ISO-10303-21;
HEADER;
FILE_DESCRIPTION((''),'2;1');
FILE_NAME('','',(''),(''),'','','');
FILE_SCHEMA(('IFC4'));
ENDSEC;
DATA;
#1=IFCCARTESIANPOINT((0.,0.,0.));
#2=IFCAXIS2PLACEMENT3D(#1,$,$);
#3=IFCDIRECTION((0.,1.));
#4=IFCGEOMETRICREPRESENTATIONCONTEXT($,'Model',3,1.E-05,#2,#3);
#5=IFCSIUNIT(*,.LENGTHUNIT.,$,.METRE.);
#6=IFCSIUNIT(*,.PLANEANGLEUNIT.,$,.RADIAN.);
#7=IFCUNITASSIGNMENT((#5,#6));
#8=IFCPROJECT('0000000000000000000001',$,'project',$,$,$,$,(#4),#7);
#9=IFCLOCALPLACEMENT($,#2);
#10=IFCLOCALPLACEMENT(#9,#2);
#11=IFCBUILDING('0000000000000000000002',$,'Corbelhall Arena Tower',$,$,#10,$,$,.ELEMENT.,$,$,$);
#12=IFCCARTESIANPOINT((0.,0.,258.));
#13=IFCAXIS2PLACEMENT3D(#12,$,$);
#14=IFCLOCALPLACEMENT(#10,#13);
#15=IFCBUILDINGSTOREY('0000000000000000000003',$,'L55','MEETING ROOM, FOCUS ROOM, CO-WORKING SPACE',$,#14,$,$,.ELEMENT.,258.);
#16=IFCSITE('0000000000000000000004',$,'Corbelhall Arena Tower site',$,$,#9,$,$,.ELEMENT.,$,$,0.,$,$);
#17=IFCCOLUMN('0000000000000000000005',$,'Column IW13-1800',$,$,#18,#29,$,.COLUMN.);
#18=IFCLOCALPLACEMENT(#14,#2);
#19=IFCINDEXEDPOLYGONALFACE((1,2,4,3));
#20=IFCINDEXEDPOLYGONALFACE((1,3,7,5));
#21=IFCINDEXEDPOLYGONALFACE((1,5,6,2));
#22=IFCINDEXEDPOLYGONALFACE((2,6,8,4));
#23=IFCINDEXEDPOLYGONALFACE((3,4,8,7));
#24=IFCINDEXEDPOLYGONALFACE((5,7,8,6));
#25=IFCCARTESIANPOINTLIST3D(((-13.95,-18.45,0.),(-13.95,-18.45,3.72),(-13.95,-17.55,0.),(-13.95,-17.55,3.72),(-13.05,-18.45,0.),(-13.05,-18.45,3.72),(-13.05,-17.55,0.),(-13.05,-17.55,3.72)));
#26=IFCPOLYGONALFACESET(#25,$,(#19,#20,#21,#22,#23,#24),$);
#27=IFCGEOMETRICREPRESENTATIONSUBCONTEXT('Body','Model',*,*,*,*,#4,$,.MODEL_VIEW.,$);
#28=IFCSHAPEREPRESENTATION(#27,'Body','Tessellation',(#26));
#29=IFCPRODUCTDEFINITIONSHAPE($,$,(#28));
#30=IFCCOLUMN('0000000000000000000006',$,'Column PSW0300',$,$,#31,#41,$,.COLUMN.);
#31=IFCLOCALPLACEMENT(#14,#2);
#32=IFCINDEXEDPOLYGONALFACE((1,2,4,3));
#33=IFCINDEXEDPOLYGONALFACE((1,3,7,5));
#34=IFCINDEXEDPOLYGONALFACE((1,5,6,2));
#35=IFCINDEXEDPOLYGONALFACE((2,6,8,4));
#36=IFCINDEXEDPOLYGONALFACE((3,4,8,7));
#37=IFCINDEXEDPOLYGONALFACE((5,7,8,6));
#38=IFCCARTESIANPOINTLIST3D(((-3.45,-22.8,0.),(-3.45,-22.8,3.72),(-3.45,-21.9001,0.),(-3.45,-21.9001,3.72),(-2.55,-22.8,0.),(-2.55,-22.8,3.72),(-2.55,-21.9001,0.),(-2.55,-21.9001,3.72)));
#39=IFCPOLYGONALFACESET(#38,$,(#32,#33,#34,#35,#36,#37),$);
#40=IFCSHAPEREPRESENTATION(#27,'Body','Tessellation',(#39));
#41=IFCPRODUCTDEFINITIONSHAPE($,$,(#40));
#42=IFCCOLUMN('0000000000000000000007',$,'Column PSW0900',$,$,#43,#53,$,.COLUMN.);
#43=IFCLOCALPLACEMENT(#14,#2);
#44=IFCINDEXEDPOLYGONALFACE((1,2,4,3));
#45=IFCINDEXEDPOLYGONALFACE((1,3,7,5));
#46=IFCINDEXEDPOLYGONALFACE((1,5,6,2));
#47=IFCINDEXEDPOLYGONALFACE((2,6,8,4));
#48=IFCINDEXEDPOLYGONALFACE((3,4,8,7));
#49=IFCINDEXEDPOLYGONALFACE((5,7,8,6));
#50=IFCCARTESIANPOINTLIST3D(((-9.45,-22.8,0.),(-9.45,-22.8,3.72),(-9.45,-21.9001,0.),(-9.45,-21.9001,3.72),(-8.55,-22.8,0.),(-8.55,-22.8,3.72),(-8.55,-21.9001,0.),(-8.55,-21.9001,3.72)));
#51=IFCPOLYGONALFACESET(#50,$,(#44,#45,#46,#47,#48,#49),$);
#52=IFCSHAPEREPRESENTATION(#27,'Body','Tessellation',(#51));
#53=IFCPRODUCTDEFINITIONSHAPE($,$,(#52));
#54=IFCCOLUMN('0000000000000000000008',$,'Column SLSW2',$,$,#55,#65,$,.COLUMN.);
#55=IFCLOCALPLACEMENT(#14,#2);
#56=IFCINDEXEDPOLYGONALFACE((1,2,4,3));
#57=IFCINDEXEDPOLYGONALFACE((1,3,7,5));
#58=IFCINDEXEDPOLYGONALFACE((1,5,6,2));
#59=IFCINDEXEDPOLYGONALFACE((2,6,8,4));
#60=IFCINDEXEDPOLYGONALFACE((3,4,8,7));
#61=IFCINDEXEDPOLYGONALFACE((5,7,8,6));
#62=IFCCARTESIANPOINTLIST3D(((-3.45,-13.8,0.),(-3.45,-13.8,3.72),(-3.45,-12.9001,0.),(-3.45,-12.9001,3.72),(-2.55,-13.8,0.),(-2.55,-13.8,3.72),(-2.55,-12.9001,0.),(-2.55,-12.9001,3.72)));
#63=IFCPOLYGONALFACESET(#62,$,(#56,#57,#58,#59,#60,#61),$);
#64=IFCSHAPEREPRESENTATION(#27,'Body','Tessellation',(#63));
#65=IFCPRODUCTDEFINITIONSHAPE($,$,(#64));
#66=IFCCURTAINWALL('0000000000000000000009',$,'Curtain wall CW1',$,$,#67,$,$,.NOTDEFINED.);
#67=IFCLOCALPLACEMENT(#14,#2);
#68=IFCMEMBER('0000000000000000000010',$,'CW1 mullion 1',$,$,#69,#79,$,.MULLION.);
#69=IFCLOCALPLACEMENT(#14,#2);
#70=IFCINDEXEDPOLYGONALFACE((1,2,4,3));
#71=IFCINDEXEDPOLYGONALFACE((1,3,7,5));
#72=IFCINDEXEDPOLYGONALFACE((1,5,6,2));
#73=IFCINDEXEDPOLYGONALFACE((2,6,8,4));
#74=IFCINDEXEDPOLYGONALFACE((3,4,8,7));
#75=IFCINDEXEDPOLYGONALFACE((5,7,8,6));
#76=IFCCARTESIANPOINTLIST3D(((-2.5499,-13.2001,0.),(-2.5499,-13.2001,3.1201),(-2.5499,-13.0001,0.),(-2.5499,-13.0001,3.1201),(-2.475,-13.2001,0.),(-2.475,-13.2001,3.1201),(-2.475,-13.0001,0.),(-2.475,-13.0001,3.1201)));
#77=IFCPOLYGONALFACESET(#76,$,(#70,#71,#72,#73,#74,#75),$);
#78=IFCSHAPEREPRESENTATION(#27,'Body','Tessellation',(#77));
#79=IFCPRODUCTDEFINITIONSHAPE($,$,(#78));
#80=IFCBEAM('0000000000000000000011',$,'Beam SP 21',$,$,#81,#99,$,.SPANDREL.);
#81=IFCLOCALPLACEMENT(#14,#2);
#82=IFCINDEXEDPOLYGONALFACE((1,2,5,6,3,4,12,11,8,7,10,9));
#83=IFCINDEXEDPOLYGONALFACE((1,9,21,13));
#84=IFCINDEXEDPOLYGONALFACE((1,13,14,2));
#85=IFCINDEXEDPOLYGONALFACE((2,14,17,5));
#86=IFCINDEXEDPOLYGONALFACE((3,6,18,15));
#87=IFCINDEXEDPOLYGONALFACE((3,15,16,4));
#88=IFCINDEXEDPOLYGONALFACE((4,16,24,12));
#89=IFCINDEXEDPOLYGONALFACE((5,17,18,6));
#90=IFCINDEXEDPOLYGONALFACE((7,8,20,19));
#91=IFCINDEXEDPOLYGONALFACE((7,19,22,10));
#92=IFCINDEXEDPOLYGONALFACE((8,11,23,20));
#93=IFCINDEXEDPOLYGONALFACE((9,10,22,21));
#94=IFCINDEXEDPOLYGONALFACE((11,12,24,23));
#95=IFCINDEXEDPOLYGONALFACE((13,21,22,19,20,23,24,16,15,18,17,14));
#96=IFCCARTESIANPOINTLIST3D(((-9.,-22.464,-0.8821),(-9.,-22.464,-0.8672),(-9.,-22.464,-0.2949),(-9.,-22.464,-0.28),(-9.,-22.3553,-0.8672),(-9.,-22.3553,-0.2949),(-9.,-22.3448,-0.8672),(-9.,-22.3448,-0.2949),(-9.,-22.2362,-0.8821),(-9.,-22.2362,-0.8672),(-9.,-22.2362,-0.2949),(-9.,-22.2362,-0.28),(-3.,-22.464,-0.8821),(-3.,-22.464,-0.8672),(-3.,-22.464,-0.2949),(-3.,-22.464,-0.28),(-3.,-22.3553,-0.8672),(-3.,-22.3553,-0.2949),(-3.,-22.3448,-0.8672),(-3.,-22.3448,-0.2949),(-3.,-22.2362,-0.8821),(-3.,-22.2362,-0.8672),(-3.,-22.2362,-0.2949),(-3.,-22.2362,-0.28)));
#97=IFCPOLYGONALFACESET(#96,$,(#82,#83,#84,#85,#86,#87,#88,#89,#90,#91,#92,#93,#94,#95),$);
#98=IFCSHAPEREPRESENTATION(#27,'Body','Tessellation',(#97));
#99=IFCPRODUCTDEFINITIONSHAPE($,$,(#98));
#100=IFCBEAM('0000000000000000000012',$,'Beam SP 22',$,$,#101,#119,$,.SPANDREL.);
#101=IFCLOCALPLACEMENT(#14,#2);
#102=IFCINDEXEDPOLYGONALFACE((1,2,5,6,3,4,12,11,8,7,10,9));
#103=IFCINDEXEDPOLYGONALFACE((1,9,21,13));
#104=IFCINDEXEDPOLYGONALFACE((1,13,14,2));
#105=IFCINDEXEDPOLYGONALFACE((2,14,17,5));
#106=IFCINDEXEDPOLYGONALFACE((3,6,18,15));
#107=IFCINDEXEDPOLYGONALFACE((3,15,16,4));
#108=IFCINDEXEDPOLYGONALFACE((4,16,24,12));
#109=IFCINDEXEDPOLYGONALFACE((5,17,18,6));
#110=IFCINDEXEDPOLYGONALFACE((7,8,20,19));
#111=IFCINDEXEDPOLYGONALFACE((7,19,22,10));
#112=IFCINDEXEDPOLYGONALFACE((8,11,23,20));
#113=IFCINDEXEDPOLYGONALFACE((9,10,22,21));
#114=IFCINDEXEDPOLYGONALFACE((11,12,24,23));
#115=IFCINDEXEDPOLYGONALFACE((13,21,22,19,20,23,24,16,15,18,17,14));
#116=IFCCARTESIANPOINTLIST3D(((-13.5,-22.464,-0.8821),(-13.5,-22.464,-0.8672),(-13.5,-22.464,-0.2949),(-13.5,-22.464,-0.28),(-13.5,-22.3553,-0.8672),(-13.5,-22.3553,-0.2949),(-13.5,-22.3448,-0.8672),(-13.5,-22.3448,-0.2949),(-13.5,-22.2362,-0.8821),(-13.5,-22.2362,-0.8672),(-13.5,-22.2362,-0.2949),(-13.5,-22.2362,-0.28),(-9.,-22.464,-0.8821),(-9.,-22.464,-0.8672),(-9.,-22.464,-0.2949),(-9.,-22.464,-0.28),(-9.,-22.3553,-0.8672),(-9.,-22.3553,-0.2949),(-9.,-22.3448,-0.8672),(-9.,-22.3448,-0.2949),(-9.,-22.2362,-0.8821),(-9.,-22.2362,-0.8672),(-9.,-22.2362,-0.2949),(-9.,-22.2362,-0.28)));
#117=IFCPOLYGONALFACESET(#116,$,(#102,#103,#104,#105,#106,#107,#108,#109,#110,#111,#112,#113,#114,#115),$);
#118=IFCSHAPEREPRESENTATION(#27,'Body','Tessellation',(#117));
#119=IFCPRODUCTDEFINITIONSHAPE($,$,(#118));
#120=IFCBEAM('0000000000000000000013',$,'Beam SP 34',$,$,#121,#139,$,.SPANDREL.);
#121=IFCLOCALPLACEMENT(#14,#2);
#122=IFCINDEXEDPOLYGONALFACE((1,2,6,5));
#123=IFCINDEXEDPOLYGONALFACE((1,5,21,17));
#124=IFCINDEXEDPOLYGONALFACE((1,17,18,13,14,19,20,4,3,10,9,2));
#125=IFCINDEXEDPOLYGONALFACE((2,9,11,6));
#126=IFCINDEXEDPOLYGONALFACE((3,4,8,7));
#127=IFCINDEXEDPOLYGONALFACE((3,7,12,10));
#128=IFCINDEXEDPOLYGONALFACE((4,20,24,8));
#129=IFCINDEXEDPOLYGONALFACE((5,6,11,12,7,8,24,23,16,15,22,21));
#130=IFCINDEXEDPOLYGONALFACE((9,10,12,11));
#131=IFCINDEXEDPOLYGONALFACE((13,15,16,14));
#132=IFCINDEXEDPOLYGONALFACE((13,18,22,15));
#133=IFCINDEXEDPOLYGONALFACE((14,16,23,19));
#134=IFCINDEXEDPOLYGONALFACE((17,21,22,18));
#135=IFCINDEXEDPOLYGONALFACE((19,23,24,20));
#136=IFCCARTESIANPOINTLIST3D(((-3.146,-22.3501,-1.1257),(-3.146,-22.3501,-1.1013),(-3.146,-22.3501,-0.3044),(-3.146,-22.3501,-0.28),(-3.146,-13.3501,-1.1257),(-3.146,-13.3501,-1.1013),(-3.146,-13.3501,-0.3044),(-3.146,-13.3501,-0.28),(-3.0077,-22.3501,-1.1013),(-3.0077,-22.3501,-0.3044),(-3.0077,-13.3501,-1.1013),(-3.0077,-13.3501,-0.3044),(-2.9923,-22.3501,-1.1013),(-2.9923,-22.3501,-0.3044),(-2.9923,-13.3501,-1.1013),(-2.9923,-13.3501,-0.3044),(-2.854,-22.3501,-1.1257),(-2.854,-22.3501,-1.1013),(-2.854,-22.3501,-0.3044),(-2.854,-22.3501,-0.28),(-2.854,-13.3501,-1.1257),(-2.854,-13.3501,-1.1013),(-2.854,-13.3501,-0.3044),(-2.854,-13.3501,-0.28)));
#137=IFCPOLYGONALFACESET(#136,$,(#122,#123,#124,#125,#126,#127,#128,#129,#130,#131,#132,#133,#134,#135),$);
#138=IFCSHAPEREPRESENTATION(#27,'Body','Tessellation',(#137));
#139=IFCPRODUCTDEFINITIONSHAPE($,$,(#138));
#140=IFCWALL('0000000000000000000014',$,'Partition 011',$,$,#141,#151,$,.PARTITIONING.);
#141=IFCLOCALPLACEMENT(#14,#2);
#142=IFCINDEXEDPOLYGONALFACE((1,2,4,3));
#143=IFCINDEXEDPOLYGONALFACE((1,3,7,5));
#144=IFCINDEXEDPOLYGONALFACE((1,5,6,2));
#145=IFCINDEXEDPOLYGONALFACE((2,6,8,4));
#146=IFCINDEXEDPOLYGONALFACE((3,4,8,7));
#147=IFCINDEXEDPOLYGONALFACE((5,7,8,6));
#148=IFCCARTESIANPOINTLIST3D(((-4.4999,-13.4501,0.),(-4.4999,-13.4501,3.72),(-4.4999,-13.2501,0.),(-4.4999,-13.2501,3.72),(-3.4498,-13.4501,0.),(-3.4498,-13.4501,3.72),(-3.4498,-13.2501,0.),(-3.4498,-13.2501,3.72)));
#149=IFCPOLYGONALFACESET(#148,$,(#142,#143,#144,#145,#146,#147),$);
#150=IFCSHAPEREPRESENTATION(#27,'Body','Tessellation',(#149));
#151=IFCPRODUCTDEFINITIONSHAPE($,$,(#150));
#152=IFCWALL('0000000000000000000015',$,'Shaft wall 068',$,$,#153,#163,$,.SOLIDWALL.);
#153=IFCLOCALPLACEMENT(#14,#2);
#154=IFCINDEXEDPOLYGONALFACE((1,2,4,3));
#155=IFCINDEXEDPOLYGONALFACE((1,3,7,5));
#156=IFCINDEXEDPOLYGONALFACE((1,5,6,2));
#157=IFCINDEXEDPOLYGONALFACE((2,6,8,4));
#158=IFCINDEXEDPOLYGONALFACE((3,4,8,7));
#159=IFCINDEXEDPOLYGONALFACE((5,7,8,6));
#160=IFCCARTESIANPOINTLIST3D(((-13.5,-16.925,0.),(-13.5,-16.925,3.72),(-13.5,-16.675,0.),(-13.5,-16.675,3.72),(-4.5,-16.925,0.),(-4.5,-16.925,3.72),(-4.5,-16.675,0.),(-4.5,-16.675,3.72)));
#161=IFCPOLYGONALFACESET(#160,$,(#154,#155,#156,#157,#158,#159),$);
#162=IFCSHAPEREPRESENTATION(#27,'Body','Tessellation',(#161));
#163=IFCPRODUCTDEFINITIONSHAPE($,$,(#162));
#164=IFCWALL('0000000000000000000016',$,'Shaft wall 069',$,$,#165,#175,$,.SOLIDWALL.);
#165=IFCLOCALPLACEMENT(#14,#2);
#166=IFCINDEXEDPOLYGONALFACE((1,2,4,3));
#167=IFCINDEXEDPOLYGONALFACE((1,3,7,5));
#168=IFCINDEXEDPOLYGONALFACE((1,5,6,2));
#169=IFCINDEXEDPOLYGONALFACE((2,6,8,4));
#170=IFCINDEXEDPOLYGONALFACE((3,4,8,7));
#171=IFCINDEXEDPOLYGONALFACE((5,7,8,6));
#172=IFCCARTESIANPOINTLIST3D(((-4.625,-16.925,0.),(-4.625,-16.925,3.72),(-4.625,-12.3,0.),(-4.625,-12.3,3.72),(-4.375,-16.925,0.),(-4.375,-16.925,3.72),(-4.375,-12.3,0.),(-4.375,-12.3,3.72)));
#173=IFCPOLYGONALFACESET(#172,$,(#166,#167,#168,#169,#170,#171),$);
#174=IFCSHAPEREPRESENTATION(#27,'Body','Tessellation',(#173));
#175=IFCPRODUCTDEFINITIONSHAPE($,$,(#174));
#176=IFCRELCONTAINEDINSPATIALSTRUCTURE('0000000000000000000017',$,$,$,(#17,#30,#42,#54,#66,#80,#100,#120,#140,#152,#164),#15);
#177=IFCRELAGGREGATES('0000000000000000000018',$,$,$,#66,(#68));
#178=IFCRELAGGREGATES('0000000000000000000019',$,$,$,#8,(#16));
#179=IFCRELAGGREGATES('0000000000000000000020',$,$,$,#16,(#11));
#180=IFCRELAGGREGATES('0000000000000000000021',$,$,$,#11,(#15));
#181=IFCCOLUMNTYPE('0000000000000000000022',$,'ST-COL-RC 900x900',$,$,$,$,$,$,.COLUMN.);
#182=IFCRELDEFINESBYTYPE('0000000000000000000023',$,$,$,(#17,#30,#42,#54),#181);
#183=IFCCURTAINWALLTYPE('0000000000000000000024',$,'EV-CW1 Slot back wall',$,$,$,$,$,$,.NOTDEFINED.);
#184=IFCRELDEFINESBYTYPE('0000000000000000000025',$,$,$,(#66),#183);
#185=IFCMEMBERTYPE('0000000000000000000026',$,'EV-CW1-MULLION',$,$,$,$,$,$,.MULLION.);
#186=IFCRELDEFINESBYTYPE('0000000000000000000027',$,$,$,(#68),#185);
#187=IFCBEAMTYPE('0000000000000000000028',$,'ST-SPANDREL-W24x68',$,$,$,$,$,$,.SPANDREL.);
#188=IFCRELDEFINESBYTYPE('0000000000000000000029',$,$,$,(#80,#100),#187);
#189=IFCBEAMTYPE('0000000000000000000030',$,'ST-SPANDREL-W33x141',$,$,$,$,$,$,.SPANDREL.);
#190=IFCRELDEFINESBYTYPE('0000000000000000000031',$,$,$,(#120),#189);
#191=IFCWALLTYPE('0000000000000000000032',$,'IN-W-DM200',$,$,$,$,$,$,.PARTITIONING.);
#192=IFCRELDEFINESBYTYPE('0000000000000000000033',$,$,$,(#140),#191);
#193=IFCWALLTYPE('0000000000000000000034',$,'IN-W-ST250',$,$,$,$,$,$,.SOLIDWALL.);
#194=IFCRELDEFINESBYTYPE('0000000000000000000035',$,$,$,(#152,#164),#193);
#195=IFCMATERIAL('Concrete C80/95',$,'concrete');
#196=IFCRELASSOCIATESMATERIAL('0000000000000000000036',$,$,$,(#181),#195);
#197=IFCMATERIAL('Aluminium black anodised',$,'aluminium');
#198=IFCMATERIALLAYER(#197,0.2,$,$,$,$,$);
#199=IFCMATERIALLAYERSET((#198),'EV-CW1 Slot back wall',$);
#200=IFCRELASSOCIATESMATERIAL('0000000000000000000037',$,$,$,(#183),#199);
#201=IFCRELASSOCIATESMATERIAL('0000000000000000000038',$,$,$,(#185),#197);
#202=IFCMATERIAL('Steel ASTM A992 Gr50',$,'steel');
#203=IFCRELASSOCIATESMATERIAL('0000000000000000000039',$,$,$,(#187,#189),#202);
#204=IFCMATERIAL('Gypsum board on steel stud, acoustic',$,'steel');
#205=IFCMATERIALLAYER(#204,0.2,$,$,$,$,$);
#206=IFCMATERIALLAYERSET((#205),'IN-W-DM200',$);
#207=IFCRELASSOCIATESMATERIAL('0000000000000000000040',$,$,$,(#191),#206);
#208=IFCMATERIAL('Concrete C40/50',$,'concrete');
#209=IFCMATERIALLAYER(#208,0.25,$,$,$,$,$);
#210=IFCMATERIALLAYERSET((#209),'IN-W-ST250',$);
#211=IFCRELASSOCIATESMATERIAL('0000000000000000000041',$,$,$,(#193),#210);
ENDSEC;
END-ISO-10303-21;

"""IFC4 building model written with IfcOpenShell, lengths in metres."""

from ifc_helpers import new_model, si_unit, direction, frame, frame_2d, origin, origin_2d, place, context, subcontext, project, spatial, rectangle, i_section, extrude, material, layer, layer_set, material_profile, profile_set, type_object, element, aggregate, save


model = new_model("IFC4")

# Units and contexts
model_context = context("Model", 3, precision=1e-05, world=origin(), true_north=direction((0.0, 1.0)))
body_context = subcontext(model_context, "Body", "Model", "MODEL_VIEW")
ifc_project = project(units=[si_unit("LENGTHUNIT", "METRE"), si_unit("PLANEANGLEUNIT", "RADIAN")], contexts=[model_context])

# Site, building, storey
site_placement = place(None, origin())
site = spatial("IfcSite", under=ifc_project, at=site_placement, Name="Corbelhall Arena Tower site", CompositionType="ELEMENT", RefElevation=0.0)
building_placement = place(site_placement, origin())
building = spatial("IfcBuilding", under=site, at=building_placement, Name="Corbelhall Arena Tower", CompositionType="ELEMENT")
storey_placement = place(building_placement, frame((0.0, 0.0, 258.0)))
storey = spatial("IfcBuildingStorey", under=building, at=storey_placement, Name="L55", Description="MEETING ROOM, FOCUS ROOM, CO-WORKING SPACE", CompositionType="ELEMENT", Elevation=258.0)

# Columns
ifc_material_1 = material(Name="Concrete C80/95", Category="concrete")
ifc_material_profile_1 = material_profile(ifc_material_1, rectangle(XDim=0.8999, YDim=0.8999, at=origin_2d()))
ifc_profile_set_1 = profile_set([ifc_material_profile_1], Name="Concrete C80/95")
column_type = type_object("IfcColumnType", Name="ST-COL-RC 900x900", PredefinedType="COLUMN", material=ifc_profile_set_1)
for number, where, z_axis, x_axis, name in (
    (1, (-13.5, -18.0, 0.0), (0.0, 0.0, 1.0), (1.0, 0.0, 0.0), "Column IW13-1800"),
    (2, (-3.0, -22.3501, 0.0), (0.0, 0.0, 1.0), (1.0, 0.0, 0.0), "Column PSW0300"),
    (3, (-9.0, -22.3501, 0.0), (0.0, 0.0, 1.0), (1.0, 0.0, 0.0), "Column PSW0900"),
    (4, (-3.0, -13.3501, 0.0), (0.0, 0.0, 1.0), (1.0, 0.0, 0.0), "Column SLSW2"),
):
    element("IfcColumn", number, at=place(storey_placement, frame(where, z_axis=z_axis, x_axis=x_axis)), inside=storey, type_object=column_type, Name=name, PredefinedType="COLUMN", context=body_context, shape_type="SweptSolid", body=[
        extrude(rectangle(XDim=0.8999, YDim=0.8999, at=origin_2d()), origin(), (0.0, 0.0, 1.0), 3.72),
    ])

# Curtain wall, member
ifc_material_2 = material(Name="Aluminium black anodised", Category="aluminium")
ifc_layer_1 = layer(ifc_material_2, 0.2)
ifc_layer_set_1 = layer_set([ifc_layer_1], Name="EV-CW1 Slot back wall")
curtain_wall_type = type_object("IfcCurtainWallType", Name="EV-CW1 Slot back wall", PredefinedType="NOTDEFINED", material=ifc_layer_set_1)
curtain_wall_placement = place(storey_placement, origin())
curtain_wall = element("IfcCurtainWall", 5, at=curtain_wall_placement, inside=storey, type_object=curtain_wall_type, Name="Curtain wall CW1", PredefinedType="NOTDEFINED")
ifc_material_profile_2 = material_profile(ifc_material_2, rectangle(XDim=0.2, YDim=0.075, at=origin_2d()))
ifc_profile_set_2 = profile_set([ifc_material_profile_2], Name="Aluminium black anodised")
member_type = type_object("IfcMemberType", Name="EV-CW1-MULLION", PredefinedType="MULLION", material=ifc_profile_set_2)
member_placement = place(storey_placement, frame((-2.5125, -13.1001, 0.0), z_axis=(0.0, 0.0, 1.0), x_axis=(0.0, 1.0, 0.0)))
member = element("IfcMember", 6, at=member_placement, type_object=member_type, Name="CW1 mullion 1", PredefinedType="MULLION", context=body_context, shape_type="SweptSolid", body=[
    extrude(rectangle(XDim=0.2, YDim=0.075, at=origin_2d()), origin(), (0.0, 0.0, 1.0), 3.1201),
])
aggregate(curtain_wall, [member])

# Beams
ifc_material_3 = material(Name="Steel ASTM A992 Gr50", Category="steel")
ifc_material_profile_3 = material_profile(ifc_material_3, i_section(OverallWidth=0.2278, OverallDepth=0.6021, WebThickness=0.0105, FlangeThickness=0.0149, at=origin_2d()))
ifc_profile_set_3 = profile_set([ifc_material_profile_3], Name="Steel ASTM A992 Gr50")
beam_type_1 = type_object("IfcBeamType", Name="ST-SPANDREL-W24x68", PredefinedType="SPANDREL", material=ifc_profile_set_3)
beam_1_placement = place(storey_placement, frame((-3.0, -22.3501, -0.5811), z_axis=(-1.0, 0.0, 0.0), x_axis=(0.0, -1.0, 0.0)))
element("IfcBeam", 7, at=beam_1_placement, inside=storey, type_object=beam_type_1, Name="Beam SP 21", PredefinedType="SPANDREL", context=body_context, shape_type="SweptSolid", body=[
    extrude(i_section(OverallWidth=0.2278, OverallDepth=0.6021, WebThickness=0.0105, FlangeThickness=0.0149, at=origin_2d()), origin(), (0.0, 0.0, 1.0), 6.0),
])
beam_2_placement = place(storey_placement, frame((-9.0, -22.3501, -0.5811), z_axis=(-1.0, 0.0, 0.0), x_axis=(0.0, -1.0, 0.0)))
element("IfcBeam", 8, at=beam_2_placement, inside=storey, type_object=beam_type_1, Name="Beam SP 22", PredefinedType="SPANDREL", context=body_context, shape_type="SweptSolid", body=[
    extrude(i_section(OverallWidth=0.2278, OverallDepth=0.6021, WebThickness=0.0105, FlangeThickness=0.0149, at=origin_2d()), origin(), (0.0, 0.0, 1.0), 4.5),
])
ifc_material_profile_4 = material_profile(ifc_material_3, i_section(OverallWidth=0.292, OverallDepth=0.8457, WebThickness=0.0154, FlangeThickness=0.0244, at=origin_2d()))
ifc_profile_set_4 = profile_set([ifc_material_profile_4], Name="Steel ASTM A992 Gr50")
beam_type_2 = type_object("IfcBeamType", Name="ST-SPANDREL-W33x141", PredefinedType="SPANDREL", material=ifc_profile_set_4)
beam_3_placement = place(storey_placement, frame((-3.0, -13.3501, -0.7029), z_axis=(0.0, -1.0, 0.0), x_axis=(1.0, 0.0, 0.0)))
element("IfcBeam", 9, at=beam_3_placement, inside=storey, type_object=beam_type_2, Name="Beam SP 34", PredefinedType="SPANDREL", context=body_context, shape_type="SweptSolid", body=[
    extrude(i_section(OverallWidth=0.292, OverallDepth=0.8457, WebThickness=0.0154, FlangeThickness=0.0244, at=origin_2d()), origin(), (0.0, 0.0, 1.0), 9.0),
])

# Shared definitions
ifc_material_4 = material(Name="Gypsum board on steel stud, acoustic", Category="steel")
ifc_layer_2 = layer(ifc_material_4, 0.2)
ifc_layer_set_2 = layer_set([ifc_layer_2], Name="IN-W-DM200")
wall_type_1 = type_object("IfcWallType", Name="IN-W-DM200", PredefinedType="PARTITIONING", material=ifc_layer_set_2)

# Walls
wall_1_placement = place(storey_placement, frame((-3.45, -13.3501, 0.0), z_axis=(0.0, 0.0, 1.0), x_axis=(-1.0, 0.0, 0.0)))
element("IfcWall", 10, at=wall_1_placement, inside=storey, type_object=wall_type_1, Name="Partition 011", PredefinedType="PARTITIONING", context=body_context, shape_type="SweptSolid", body=[
    extrude(rectangle(XDim=1.05, YDim=0.2, at=frame_2d((0.5249, 0.0))), origin(), (0.0, 0.0, 1.0), 3.72),
])
ifc_material_5 = material(Name="Concrete C40/50", Category="concrete")
ifc_layer_3 = layer(ifc_material_5, 0.25)
ifc_layer_set_3 = layer_set([ifc_layer_3], Name="IN-W-ST250")
wall_type_2 = type_object("IfcWallType", Name="IN-W-ST250", PredefinedType="SOLIDWALL", material=ifc_layer_set_3)
wall_2_placement = place(storey_placement, frame((-4.5, -16.8, 0.0), z_axis=(0.0, 0.0, 1.0), x_axis=(-1.0, 0.0, 0.0)))
element("IfcWall", 11, at=wall_2_placement, inside=storey, type_object=wall_type_2, Name="Shaft wall 068", PredefinedType="SOLIDWALL", context=body_context, shape_type="SweptSolid", body=[
    extrude(rectangle(XDim=9.0, YDim=0.25, at=frame_2d((4.5, 0.0))), origin(), (0.0, 0.0, 1.0), 3.72),
])
wall_3_placement = place(storey_placement, frame((-4.5, -12.3, 0.0), z_axis=(0.0, 0.0, 1.0), x_axis=(0.0, -1.0, 0.0)))
element("IfcWall", 12, at=wall_3_placement, inside=storey, type_object=wall_type_2, Name="Shaft wall 069", PredefinedType="SOLIDWALL", context=body_context, shape_type="SweptSolid", body=[
    extrude(rectangle(XDim=4.625, YDim=0.25, at=frame_2d((2.3125, 0.0))), origin(), (0.0, 0.0, 1.0), 3.72),
])

save(model, "model.ifc")
